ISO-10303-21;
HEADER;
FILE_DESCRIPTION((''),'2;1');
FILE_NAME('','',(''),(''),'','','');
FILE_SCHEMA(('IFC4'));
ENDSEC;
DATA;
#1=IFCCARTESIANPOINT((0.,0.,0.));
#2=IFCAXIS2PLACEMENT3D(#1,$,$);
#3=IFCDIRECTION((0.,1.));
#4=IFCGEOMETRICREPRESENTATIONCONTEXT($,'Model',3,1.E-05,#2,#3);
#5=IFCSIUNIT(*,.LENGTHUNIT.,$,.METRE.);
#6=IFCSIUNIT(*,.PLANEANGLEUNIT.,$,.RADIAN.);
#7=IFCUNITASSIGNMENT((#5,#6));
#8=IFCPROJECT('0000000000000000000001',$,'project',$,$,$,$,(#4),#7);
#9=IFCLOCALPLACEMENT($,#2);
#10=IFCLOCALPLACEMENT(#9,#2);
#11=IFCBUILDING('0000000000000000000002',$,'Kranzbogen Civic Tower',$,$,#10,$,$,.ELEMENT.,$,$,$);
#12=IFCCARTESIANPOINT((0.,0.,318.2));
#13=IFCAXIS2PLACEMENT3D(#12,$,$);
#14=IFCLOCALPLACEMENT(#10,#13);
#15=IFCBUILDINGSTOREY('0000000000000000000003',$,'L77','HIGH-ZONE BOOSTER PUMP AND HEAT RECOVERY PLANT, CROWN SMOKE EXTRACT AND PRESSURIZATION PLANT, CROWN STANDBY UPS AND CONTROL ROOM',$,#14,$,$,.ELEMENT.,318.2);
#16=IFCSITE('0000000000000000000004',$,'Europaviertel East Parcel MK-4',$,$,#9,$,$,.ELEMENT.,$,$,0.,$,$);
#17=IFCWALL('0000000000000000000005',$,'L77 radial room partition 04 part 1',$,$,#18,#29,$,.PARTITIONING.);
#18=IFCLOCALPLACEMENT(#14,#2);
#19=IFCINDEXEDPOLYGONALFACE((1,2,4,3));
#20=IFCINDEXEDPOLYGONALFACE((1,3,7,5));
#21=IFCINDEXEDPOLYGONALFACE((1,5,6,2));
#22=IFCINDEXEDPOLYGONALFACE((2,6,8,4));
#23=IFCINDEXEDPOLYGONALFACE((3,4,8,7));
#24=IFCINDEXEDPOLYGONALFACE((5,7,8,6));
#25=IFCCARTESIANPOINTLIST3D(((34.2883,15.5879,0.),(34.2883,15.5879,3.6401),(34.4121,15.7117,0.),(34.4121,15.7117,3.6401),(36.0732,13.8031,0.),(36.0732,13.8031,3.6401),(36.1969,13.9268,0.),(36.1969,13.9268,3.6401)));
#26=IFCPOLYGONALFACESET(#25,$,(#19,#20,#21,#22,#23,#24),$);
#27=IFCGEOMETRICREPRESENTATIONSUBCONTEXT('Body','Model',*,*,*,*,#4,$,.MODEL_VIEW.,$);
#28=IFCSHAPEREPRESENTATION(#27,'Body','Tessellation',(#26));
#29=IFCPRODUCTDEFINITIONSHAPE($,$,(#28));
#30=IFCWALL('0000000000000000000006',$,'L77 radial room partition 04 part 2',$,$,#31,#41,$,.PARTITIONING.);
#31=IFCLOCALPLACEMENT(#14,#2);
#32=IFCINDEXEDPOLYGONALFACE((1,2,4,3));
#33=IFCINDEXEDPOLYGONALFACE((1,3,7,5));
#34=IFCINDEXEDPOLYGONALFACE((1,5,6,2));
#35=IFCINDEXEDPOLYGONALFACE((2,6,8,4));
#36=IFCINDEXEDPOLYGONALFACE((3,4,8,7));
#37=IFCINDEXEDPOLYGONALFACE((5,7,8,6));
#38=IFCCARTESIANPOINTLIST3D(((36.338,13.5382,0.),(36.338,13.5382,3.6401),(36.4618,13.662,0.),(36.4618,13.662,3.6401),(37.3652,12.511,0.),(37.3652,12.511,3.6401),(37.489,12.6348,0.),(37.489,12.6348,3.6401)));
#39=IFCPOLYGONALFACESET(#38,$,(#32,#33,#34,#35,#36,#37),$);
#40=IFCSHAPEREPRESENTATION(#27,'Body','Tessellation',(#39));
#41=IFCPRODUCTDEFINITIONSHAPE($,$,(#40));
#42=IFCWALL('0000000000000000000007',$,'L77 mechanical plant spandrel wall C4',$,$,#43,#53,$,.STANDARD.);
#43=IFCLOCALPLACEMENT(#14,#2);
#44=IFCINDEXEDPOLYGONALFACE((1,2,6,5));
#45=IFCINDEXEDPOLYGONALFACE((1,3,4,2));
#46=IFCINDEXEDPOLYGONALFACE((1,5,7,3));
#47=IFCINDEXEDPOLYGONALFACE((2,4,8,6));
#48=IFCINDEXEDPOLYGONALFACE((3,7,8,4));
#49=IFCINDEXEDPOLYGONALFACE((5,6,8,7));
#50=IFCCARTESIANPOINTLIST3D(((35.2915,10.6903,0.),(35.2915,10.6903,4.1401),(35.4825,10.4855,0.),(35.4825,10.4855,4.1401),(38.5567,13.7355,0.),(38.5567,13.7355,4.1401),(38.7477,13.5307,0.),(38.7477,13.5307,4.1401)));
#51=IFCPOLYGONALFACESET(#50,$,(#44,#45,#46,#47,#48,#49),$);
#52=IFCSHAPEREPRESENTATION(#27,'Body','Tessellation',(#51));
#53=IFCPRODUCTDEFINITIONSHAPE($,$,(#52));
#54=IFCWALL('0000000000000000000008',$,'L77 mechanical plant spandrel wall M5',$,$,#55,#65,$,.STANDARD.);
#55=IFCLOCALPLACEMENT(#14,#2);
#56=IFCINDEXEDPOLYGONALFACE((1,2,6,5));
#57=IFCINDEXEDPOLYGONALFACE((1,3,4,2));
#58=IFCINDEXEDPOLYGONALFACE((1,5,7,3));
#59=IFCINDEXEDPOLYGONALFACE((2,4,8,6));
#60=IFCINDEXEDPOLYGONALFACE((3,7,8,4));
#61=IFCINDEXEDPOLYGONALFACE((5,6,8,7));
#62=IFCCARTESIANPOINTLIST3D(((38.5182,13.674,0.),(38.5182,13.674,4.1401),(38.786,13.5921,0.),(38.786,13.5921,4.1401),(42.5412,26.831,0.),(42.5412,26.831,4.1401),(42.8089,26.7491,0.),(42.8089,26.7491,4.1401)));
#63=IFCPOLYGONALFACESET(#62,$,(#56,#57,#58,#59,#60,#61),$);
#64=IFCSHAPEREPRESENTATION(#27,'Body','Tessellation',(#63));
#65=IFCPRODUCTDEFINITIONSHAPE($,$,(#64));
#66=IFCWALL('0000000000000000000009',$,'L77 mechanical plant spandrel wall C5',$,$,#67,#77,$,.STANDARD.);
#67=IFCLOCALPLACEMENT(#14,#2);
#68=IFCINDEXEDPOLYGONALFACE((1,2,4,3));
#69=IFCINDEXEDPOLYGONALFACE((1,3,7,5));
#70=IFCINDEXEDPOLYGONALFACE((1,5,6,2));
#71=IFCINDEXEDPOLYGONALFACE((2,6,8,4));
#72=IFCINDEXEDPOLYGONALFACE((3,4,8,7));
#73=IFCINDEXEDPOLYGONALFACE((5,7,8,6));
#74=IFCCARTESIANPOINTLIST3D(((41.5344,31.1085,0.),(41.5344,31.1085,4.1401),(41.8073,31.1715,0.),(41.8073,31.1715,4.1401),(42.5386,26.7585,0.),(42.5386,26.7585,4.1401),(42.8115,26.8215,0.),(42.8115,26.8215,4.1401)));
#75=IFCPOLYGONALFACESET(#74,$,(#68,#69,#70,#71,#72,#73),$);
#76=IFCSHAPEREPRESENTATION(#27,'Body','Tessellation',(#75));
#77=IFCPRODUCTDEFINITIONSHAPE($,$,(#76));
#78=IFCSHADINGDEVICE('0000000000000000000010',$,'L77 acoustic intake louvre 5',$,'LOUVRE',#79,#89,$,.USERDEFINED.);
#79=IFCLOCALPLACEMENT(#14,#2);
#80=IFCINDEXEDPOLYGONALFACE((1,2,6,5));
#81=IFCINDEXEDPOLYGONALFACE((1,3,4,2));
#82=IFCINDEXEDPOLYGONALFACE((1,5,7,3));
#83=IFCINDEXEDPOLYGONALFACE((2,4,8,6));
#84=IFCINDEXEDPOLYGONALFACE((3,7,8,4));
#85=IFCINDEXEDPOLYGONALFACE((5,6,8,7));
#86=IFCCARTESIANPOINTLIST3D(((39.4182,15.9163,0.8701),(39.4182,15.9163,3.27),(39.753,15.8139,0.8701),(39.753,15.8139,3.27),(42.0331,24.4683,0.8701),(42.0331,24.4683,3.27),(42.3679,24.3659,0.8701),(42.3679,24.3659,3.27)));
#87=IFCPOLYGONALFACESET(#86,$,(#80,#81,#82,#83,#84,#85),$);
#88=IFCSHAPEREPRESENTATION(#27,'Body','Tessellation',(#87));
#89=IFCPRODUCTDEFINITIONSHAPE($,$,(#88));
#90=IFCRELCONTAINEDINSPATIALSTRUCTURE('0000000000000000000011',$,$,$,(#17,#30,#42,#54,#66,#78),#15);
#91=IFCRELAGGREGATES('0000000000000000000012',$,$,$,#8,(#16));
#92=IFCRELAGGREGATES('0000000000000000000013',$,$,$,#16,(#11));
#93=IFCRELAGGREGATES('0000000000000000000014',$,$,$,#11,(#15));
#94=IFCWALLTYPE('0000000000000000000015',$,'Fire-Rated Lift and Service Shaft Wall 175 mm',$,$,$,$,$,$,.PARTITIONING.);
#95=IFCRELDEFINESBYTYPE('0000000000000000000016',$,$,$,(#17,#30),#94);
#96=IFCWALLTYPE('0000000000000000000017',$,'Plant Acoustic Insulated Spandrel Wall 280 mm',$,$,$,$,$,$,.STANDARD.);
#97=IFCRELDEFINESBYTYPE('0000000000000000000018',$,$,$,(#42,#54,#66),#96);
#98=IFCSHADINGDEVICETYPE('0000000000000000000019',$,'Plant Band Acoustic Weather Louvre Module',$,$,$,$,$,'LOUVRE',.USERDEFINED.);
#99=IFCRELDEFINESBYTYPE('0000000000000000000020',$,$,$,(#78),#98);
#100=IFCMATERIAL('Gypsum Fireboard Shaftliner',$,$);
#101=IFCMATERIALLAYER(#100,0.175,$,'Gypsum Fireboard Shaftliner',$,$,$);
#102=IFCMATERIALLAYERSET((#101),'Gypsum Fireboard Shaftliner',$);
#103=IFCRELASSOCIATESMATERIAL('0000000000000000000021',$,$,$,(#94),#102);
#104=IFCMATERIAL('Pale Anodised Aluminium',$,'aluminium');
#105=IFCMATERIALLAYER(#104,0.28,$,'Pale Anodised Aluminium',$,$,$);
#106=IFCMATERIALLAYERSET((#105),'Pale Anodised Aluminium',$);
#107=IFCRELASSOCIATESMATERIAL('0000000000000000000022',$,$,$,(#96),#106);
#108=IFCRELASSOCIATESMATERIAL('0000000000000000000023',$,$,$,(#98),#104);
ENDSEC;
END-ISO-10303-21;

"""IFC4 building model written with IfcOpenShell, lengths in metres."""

from ifc_helpers import new_model, si_unit, direction, frame, frame_2d, origin, origin_2d, place, context, subcontext, project, spatial, rectangle, extrude, material, layer, layer_set, type_object, element, save


model = new_model("IFC4")

# Units and contexts
model_context = context("Model", 3, precision=1e-05, world=origin(), true_north=direction((0.0, 1.0)))
body_context = subcontext(model_context, "Body", "Model", "MODEL_VIEW")
ifc_project = project(units=[si_unit("LENGTHUNIT", "METRE"), si_unit("PLANEANGLEUNIT", "RADIAN")], contexts=[model_context])

# Site, building, storey
site_placement = place(None, origin())
site = spatial("IfcSite", under=ifc_project, at=site_placement, Name="Europaviertel East Parcel MK-4", CompositionType="ELEMENT", RefElevation=0.0)
building_placement = place(site_placement, origin())
building = spatial("IfcBuilding", under=site, at=building_placement, Name="Kranzbogen Civic Tower", CompositionType="ELEMENT")
storey_placement = place(building_placement, frame((0.0, 0.0, 318.2)))
storey = spatial("IfcBuildingStorey", under=building, at=storey_placement, Name="L77", Description="HIGH-ZONE BOOSTER PUMP AND HEAT RECOVERY PLANT, CROWN SMOKE EXTRACT AND PRESSURIZATION PLANT, CROWN STANDBY UPS AND CONTROL ROOM", CompositionType="ELEMENT", Elevation=318.2)

# Shared definitions
ifc_material_1 = material(Name="Gypsum Fireboard Shaftliner")
ifc_layer_1 = layer(ifc_material_1, 0.175, Name="Gypsum Fireboard Shaftliner")
ifc_layer_set_1 = layer_set([ifc_layer_1], Name="Gypsum Fireboard Shaftliner")
wall_type_1 = type_object("IfcWallType", Name="Fire-Rated Lift and Service Shaft Wall 175 mm", PredefinedType="PARTITIONING", material=ifc_layer_set_1)

# Walls
wall_1_placement = place(storey_placement, frame((34.3501, 15.6499, 0.0), z_axis=(0.0, 0.0, 1.0), x_axis=(0.707107, -0.707107, 0.0)))
element("IfcWall", 1, at=wall_1_placement, inside=storey, type_object=wall_type_1, Name="L77 radial room partition 04 part 1", PredefinedType="PARTITIONING", context=body_context, shape_type="SweptSolid", body=[
    extrude(rectangle(XDim=2.5242, YDim=0.175, at=frame_2d((1.2622, 0.0))), origin(), (0.0, 0.0, 1.0), 3.6401),
])
wall_2_placement = place(storey_placement, frame((36.3999, 13.6001, 0.0), z_axis=(0.0, 0.0, 1.0), x_axis=(0.707107, -0.707107, 0.0)))
element("IfcWall", 2, at=wall_2_placement, inside=storey, type_object=wall_type_1, Name="L77 radial room partition 04 part 2", PredefinedType="PARTITIONING", context=body_context, shape_type="SweptSolid", body=[
    extrude(rectangle(XDim=1.4526, YDim=0.175, at=frame_2d((0.7263, 0.0))), origin(), (0.0, 0.0, 1.0), 3.6401),
])
ifc_material_2 = material(Name="Pale Anodised Aluminium", Category="aluminium")
ifc_layer_2 = layer(ifc_material_2, 0.28, Name="Pale Anodised Aluminium")
ifc_layer_set_2 = layer_set([ifc_layer_2], Name="Pale Anodised Aluminium")
wall_type_2 = type_object("IfcWallType", Name="Plant Acoustic Insulated Spandrel Wall 280 mm", PredefinedType="STANDARD", material=ifc_layer_set_2)
wall_3_placement = place(storey_placement, frame((35.387, 10.5879, 0.0), z_axis=(0.0, 0.0, 1.0), x_axis=(0.731312, 0.682043, 0.0)))
element("IfcWall", 3, at=wall_3_placement, inside=storey, type_object=wall_type_2, Name="L77 mechanical plant spandrel wall C4", PredefinedType="STANDARD", context=body_context, shape_type="SweptSolid", body=[
    extrude(rectangle(XDim=4.4648, YDim=0.28, at=frame_2d((2.2324, 0.0))), origin(), (0.0, 0.0, 1.0), 4.1401),
])
wall_4_placement = place(storey_placement, frame((38.6521, 13.6331, 0.0), z_axis=(0.0, 0.0, 1.0), x_axis=(0.292402, 0.956295, 0.0)))
element("IfcWall", 4, at=wall_4_placement, inside=storey, type_object=wall_type_2, Name="L77 mechanical plant spandrel wall M5", PredefinedType="STANDARD", context=body_context, shape_type="SweptSolid", body=[
    extrude(rectangle(XDim=13.7583, YDim=0.28, at=frame_2d((6.8792, 0.0))), origin(), (0.0, 0.0, 1.0), 4.1401),
])
wall_5_placement = place(storey_placement, frame((42.675, 26.79, 0.0), z_axis=(0.0, 0.0, 1.0), x_axis=(-0.224931, 0.974375, 0.0)))
element("IfcWall", 5, at=wall_5_placement, inside=storey, type_object=wall_type_2, Name="L77 mechanical plant spandrel wall C5", PredefinedType="STANDARD", context=body_context, shape_type="SweptSolid", body=[
    extrude(rectangle(XDim=4.4644, YDim=0.28, at=frame_2d((2.2322, 0.0))), origin(), (0.0, 0.0, 1.0), 4.1401),
])

# Shading device
shading_device_type = type_object("IfcShadingDeviceType", Name="Plant Band Acoustic Weather Louvre Module", ElementType="LOUVRE", PredefinedType="USERDEFINED", material=ifc_material_2)
shading_device_placement = place(storey_placement, frame((40.8931, 20.1411, 0.8701), z_axis=(0.0, 0.0, 1.0), x_axis=(0.292405, 0.956295, 0.0)))
element("IfcShadingDevice", 6, at=shading_device_placement, inside=storey, type_object=shading_device_type, Name="L77 acoustic intake louvre 5", ObjectType="LOUVRE", PredefinedType="USERDEFINED", context=body_context, shape_type="SweptSolid", body=[
    extrude(rectangle(XDim=8.9429, YDim=0.3501, at=origin_2d()), origin(), (0.0, 0.0, 1.0), 2.3999),
])

save(model, "model.ifc")
